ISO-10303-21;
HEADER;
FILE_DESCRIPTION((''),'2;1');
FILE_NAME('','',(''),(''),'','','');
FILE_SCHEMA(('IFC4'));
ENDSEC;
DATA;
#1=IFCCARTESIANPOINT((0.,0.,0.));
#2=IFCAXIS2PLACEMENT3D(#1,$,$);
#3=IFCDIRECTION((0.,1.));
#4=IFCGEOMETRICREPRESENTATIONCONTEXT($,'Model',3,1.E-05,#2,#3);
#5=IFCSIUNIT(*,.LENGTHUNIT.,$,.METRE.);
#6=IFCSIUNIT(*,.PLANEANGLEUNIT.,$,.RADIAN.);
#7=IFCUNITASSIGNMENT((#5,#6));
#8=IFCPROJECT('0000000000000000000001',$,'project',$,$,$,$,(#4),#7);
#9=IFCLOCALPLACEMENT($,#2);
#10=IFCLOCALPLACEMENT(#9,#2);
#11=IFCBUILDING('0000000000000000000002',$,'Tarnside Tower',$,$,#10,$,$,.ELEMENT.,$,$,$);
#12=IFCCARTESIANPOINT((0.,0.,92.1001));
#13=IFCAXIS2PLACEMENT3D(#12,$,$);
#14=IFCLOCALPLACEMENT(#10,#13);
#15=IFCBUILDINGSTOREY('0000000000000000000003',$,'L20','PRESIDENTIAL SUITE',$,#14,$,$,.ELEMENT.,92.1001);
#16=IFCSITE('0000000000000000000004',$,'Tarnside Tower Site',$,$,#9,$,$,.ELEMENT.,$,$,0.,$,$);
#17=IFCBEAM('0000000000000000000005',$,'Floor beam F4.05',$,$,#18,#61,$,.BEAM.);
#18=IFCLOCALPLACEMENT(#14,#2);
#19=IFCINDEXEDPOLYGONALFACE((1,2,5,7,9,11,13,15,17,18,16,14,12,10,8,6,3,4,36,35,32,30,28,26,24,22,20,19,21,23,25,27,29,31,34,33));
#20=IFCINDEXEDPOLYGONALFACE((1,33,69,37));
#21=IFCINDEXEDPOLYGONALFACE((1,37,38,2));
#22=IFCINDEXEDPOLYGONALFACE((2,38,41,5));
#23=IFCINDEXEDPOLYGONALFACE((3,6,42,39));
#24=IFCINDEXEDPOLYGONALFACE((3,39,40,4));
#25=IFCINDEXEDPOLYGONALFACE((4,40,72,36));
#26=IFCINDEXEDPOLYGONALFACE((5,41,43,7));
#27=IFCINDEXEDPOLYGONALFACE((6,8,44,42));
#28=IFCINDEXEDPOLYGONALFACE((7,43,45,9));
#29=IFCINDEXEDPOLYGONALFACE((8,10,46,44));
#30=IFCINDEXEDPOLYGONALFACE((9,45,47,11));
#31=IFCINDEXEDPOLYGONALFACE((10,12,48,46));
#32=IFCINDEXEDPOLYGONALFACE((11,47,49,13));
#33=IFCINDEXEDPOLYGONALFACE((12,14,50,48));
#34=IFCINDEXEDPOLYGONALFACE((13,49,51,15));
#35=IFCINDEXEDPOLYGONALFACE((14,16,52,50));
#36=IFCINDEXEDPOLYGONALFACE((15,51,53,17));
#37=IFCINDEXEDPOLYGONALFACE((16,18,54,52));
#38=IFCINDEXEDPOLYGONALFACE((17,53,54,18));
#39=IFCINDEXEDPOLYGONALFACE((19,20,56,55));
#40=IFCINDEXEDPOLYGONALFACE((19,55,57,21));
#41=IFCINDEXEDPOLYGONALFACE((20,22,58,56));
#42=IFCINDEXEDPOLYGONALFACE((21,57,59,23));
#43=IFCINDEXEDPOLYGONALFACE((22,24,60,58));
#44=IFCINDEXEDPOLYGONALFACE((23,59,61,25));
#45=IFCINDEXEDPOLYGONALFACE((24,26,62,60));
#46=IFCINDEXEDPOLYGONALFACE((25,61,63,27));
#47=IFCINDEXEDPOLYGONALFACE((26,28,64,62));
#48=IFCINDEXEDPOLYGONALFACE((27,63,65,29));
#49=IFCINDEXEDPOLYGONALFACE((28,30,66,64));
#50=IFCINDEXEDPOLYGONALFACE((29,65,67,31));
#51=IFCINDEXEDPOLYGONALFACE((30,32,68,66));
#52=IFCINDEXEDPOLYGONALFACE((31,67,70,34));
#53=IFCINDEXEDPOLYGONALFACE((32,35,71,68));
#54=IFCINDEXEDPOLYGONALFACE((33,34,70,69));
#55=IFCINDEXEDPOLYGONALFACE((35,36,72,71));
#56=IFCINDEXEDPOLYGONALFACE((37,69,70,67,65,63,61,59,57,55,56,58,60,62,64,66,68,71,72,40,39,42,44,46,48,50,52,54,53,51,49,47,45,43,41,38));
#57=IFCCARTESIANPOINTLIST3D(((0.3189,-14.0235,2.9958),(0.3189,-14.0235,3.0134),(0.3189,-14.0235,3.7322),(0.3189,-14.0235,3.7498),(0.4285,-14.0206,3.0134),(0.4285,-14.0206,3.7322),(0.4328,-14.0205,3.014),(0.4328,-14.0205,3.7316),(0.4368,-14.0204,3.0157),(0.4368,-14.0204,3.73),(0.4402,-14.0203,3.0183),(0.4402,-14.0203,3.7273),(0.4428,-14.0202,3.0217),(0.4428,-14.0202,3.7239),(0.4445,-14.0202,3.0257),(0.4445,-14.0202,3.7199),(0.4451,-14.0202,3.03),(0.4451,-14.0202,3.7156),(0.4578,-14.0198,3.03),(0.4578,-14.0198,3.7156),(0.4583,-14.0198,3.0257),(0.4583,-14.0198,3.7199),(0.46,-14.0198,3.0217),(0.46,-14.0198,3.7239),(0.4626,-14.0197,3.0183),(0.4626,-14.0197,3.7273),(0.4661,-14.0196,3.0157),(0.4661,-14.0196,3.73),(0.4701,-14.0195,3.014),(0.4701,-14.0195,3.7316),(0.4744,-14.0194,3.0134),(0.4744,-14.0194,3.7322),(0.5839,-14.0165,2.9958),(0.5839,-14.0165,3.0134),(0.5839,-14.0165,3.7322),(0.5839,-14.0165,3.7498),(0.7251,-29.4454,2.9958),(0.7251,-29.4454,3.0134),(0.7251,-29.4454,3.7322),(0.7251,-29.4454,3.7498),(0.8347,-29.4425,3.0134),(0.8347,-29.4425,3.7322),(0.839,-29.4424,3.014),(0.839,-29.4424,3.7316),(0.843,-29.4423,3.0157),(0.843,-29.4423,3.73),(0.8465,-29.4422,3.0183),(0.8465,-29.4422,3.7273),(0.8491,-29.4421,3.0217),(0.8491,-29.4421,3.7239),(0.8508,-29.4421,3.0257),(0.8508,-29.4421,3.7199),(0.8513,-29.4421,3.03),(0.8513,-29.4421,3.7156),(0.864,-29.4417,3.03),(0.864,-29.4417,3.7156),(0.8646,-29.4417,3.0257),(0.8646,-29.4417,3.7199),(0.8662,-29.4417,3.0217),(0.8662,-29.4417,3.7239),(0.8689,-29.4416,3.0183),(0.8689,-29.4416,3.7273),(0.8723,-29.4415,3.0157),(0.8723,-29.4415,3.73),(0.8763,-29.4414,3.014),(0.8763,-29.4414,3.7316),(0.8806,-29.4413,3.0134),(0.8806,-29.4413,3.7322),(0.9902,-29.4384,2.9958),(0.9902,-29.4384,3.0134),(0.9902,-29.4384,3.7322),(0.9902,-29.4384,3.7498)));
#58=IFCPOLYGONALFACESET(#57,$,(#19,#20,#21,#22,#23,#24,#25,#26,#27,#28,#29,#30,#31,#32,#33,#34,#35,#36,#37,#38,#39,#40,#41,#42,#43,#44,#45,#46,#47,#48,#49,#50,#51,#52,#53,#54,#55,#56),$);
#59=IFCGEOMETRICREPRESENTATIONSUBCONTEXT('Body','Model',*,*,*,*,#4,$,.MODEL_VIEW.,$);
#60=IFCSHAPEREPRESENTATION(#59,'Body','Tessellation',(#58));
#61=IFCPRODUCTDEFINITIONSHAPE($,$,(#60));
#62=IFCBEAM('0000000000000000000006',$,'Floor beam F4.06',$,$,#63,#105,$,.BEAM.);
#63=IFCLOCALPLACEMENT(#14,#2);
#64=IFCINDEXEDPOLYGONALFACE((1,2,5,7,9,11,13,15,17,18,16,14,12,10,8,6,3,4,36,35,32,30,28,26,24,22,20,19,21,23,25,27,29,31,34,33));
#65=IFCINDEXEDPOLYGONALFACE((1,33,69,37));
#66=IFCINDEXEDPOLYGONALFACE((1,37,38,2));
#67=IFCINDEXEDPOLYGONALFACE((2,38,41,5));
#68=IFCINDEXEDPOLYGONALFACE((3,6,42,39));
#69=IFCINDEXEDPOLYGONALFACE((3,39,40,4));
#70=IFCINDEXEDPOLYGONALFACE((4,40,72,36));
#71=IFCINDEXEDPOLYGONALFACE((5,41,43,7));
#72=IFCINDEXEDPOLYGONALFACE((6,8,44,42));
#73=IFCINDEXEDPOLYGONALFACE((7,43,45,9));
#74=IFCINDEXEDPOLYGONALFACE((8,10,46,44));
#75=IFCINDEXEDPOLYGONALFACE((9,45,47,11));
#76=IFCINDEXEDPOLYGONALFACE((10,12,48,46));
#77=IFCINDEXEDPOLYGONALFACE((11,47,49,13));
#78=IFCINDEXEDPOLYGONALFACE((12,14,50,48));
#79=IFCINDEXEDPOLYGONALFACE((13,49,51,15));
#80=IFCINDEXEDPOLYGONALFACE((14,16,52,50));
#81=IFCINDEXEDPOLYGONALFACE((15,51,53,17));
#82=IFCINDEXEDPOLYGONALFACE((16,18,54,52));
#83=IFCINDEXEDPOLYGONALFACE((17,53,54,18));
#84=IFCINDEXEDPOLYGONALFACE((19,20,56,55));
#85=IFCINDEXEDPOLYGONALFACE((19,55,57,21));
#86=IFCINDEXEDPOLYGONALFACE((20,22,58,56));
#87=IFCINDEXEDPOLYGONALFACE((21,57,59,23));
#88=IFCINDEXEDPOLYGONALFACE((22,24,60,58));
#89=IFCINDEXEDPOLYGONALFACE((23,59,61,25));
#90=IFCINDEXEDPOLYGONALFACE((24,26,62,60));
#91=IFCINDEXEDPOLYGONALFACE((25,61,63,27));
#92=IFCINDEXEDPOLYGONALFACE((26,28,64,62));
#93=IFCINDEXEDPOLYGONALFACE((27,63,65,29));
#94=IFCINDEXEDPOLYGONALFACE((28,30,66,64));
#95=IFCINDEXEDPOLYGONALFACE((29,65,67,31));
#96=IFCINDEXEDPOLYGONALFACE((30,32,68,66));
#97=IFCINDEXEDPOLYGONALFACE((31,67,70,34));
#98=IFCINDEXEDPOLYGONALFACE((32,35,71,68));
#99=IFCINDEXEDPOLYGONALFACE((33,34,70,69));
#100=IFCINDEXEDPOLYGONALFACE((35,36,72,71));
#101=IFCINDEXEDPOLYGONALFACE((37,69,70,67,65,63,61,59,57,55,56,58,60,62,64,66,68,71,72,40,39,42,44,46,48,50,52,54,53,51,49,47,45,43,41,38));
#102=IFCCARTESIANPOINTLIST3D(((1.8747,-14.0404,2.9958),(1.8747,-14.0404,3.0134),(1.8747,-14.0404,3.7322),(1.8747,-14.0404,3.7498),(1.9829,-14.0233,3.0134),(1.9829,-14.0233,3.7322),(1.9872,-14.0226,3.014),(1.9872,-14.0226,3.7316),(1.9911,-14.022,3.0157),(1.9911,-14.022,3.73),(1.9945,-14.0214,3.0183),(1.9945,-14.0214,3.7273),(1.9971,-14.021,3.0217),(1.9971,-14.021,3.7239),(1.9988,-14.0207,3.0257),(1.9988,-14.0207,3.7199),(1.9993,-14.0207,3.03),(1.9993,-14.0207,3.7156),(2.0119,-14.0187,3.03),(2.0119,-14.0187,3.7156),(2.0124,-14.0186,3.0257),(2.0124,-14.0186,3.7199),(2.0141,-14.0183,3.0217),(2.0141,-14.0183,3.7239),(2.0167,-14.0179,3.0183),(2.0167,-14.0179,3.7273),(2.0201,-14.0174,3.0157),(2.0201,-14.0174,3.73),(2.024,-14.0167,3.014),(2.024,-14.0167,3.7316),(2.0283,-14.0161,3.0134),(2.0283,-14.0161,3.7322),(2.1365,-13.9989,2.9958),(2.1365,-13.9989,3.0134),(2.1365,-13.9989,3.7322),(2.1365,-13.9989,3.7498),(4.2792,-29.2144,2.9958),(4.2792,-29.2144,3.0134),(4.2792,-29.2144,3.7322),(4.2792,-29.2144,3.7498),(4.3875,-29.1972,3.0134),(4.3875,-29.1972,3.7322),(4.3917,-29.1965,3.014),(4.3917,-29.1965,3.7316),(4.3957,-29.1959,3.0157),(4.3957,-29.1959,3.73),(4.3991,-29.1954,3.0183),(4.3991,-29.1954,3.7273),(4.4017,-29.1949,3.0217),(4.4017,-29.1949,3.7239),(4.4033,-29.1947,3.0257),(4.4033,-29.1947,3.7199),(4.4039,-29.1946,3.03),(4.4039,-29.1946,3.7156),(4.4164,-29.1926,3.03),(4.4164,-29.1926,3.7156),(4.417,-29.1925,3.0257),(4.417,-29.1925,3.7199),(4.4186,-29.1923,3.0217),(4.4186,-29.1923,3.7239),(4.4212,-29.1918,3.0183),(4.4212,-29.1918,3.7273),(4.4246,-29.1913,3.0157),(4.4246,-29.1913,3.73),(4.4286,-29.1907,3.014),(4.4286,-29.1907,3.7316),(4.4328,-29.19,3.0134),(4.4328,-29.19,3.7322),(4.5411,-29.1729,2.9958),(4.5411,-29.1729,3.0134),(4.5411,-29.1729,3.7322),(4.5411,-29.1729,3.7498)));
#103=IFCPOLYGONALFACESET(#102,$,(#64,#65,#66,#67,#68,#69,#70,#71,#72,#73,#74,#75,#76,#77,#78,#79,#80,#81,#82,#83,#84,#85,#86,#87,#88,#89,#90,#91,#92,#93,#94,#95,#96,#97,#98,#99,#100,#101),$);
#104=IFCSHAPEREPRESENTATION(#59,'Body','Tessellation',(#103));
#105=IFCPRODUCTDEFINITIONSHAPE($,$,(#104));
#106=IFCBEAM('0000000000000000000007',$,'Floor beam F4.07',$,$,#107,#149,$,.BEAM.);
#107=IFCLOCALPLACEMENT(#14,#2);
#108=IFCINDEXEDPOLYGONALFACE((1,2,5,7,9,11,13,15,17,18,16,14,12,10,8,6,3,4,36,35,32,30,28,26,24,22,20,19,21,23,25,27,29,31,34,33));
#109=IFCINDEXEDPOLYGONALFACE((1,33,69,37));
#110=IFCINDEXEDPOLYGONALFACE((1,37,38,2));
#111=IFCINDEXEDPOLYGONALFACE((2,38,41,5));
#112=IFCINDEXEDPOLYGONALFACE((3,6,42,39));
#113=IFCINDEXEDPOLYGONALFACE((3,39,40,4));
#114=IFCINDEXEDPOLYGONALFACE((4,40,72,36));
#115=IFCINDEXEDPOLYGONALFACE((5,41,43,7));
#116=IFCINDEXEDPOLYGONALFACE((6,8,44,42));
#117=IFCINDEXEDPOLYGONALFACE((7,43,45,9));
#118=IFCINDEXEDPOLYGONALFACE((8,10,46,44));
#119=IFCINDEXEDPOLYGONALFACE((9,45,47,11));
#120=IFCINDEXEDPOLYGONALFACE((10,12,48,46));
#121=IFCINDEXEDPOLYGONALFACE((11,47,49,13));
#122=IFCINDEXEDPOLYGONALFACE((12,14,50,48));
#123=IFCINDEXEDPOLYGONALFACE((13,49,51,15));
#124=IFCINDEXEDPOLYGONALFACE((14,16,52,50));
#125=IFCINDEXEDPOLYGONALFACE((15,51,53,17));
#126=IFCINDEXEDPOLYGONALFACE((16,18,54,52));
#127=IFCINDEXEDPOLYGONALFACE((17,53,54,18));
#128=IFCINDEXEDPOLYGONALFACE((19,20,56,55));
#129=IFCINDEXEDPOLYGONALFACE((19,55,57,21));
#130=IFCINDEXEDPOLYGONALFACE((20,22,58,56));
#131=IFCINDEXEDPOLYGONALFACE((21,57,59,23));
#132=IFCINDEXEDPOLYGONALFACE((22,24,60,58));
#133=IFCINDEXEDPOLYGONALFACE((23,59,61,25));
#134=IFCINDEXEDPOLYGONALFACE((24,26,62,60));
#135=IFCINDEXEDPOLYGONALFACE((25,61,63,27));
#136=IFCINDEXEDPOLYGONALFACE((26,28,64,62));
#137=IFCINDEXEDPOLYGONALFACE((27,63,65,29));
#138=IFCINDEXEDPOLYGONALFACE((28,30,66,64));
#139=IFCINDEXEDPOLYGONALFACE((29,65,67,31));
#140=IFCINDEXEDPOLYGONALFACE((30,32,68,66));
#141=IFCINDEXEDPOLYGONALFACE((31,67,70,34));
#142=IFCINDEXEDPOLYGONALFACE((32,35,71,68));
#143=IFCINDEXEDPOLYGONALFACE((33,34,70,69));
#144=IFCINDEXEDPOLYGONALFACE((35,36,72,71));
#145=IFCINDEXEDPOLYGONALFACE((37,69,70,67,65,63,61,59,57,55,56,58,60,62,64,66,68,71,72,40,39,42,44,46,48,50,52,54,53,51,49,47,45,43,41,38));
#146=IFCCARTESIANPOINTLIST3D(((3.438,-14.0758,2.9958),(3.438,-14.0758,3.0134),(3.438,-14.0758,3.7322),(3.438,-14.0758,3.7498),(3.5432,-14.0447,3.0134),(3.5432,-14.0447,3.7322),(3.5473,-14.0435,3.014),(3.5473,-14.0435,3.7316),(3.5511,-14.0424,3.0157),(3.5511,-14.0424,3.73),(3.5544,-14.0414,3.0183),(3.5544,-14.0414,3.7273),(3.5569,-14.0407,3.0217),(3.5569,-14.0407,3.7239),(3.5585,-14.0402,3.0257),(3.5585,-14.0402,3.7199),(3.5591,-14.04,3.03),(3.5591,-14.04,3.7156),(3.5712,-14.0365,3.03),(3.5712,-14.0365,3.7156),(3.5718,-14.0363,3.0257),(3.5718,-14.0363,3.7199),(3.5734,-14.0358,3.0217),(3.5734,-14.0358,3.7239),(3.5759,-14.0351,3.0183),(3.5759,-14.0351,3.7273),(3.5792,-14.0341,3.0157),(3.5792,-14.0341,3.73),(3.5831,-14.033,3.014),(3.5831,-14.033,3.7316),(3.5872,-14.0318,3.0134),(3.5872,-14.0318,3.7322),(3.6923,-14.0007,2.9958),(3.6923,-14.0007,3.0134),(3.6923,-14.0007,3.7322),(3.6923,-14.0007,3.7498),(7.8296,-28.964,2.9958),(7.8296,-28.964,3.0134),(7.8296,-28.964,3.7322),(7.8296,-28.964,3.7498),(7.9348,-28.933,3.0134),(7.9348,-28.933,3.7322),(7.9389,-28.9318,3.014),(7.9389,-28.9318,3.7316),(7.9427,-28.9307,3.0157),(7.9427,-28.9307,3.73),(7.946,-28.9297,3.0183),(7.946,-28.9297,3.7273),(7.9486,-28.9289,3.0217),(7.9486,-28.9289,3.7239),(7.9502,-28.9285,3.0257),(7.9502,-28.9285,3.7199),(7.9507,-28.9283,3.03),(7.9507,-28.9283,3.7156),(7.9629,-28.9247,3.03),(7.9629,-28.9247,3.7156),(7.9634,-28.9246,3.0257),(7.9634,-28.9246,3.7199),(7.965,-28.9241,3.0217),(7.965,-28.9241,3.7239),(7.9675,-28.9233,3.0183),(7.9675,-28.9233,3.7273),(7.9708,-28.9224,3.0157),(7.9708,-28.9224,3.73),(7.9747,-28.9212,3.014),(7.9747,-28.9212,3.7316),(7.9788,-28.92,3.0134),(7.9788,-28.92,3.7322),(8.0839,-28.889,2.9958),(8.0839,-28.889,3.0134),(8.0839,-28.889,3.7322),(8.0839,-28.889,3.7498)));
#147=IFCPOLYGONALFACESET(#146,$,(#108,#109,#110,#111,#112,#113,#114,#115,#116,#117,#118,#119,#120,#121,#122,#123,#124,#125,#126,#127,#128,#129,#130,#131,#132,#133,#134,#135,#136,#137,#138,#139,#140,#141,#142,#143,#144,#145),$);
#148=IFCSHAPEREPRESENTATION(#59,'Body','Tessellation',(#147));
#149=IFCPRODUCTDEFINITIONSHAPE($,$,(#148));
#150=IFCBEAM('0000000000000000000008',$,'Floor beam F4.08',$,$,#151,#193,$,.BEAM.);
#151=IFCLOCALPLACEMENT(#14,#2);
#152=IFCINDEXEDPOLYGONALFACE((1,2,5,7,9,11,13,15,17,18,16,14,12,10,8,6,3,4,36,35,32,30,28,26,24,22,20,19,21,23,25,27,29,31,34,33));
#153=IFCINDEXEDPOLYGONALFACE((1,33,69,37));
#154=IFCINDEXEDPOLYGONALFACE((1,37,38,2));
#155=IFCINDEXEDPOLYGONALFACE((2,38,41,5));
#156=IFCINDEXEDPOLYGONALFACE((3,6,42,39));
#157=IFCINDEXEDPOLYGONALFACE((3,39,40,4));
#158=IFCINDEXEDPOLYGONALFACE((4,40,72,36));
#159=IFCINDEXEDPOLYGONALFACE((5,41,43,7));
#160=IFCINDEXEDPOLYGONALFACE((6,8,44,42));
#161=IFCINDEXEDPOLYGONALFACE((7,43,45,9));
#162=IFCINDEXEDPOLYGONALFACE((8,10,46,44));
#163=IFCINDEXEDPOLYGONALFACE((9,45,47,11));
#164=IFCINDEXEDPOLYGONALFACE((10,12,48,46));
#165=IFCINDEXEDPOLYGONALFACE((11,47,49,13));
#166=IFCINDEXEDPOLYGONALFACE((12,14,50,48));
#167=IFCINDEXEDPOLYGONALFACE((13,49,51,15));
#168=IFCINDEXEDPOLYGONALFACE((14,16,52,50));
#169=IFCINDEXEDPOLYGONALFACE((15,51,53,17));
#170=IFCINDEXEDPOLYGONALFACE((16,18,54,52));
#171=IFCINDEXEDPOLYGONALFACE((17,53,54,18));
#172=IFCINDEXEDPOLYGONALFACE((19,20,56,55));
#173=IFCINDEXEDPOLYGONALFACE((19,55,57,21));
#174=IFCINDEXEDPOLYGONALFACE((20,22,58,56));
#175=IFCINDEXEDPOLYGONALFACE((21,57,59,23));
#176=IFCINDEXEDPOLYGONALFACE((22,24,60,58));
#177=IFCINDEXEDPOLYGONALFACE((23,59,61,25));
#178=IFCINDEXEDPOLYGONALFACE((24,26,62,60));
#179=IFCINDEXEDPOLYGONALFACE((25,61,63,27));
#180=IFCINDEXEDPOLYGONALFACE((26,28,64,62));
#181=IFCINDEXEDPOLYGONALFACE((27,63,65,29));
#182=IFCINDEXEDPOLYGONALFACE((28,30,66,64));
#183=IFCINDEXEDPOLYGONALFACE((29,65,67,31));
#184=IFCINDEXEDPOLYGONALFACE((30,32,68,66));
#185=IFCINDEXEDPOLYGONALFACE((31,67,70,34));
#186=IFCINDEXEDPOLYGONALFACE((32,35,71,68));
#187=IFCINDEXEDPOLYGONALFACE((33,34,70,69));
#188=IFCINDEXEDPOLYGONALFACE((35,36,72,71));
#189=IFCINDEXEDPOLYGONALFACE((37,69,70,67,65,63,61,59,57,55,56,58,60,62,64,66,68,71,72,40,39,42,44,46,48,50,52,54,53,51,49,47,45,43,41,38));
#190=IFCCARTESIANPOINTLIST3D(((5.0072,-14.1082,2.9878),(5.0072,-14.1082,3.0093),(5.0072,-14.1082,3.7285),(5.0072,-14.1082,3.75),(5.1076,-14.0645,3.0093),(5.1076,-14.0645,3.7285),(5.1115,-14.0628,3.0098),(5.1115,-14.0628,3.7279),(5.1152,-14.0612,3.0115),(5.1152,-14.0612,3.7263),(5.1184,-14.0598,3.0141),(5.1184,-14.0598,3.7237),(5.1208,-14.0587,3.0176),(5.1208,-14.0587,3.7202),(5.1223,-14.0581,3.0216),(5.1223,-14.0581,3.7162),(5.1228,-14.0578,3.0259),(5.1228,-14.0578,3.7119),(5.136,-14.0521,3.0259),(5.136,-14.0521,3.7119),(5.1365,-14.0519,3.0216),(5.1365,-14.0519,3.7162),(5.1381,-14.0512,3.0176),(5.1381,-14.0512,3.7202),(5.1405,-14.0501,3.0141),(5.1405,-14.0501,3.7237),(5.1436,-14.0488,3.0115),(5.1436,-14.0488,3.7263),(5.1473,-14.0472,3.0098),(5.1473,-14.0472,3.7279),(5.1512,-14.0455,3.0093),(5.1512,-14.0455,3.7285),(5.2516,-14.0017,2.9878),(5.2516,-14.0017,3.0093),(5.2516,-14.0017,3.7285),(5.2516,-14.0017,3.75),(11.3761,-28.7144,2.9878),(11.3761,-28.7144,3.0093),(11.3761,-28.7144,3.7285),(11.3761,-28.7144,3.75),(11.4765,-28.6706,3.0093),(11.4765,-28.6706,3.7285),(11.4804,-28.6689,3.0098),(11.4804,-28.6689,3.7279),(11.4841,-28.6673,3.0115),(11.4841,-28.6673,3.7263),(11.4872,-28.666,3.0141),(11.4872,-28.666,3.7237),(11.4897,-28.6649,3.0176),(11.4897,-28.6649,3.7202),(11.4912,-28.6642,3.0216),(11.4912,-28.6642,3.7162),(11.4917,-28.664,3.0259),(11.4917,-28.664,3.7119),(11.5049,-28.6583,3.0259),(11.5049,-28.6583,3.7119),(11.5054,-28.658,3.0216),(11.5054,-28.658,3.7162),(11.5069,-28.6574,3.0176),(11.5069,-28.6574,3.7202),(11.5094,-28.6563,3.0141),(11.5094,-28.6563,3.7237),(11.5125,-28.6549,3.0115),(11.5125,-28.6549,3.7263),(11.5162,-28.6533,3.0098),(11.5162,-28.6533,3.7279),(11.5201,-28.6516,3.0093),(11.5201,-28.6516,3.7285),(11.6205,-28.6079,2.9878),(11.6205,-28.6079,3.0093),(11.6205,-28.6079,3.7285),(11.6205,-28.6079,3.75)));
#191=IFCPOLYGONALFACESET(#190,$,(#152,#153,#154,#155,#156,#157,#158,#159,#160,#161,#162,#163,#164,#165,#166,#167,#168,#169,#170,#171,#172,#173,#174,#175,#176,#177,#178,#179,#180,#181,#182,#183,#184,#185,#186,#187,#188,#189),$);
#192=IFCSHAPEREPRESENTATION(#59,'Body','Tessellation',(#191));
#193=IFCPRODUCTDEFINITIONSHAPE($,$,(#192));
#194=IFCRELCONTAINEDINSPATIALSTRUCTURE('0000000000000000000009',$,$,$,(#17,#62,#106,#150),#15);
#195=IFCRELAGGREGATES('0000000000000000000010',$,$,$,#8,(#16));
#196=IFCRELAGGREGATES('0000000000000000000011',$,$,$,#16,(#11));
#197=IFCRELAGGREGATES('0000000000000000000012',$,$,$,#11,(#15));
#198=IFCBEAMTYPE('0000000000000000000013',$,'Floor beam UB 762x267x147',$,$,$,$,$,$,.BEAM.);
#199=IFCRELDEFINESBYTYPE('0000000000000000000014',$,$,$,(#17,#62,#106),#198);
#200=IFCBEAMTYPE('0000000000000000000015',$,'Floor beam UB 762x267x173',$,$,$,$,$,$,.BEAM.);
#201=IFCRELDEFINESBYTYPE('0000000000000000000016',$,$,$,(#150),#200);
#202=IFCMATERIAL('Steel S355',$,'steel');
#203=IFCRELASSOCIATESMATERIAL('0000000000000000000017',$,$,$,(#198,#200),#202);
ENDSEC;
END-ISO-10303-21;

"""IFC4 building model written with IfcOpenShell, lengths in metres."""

from ifc_helpers import new_model, si_unit, direction, frame, origin, origin_2d, place, context, subcontext, project, spatial, i_section, extrude, material, material_profile, profile_set, type_object, element, save


model = new_model("IFC4")

# Units and contexts
model_context = context("Model", 3, precision=1e-05, world=origin(), true_north=direction((0.0, 1.0)))
body_context = subcontext(model_context, "Body", "Model", "MODEL_VIEW")
ifc_project = project(units=[si_unit("LENGTHUNIT", "METRE"), si_unit("PLANEANGLEUNIT", "RADIAN")], contexts=[model_context])

# Site, building, storey
site_placement = place(None, origin())
site = spatial("IfcSite", under=ifc_project, at=site_placement, Name="Tarnside Tower Site", CompositionType="ELEMENT", RefElevation=0.0)
building_placement = place(site_placement, origin())
building = spatial("IfcBuilding", under=site, at=building_placement, Name="Tarnside Tower", CompositionType="ELEMENT")
storey_placement = place(building_placement, frame((0.0, 0.0, 92.1001)))
storey = spatial("IfcBuildingStorey", under=building, at=storey_placement, Name="L20", Description="PRESIDENTIAL SUITE", CompositionType="ELEMENT", Elevation=92.1001)

# Beams
ifc_material_1 = material(Name="Steel S355", Category="steel")
ifc_material_profile_1 = material_profile(ifc_material_1, i_section(OverallWidth=0.2651, OverallDepth=0.7539, WebThickness=0.0127, FlangeThickness=0.0176, FilletRadius=0.0166, at=origin_2d()), Name="UB 762x267x147")
ifc_profile_set_1 = profile_set([ifc_material_profile_1], Name="Steel S355")
beam_type_1 = type_object("IfcBeamType", Name="Floor beam UB 762x267x147", PredefinedType="BEAM", material=ifc_profile_set_1)
beam_1_placement = place(storey_placement, frame((0.8577, -29.4419, 3.3728), z_axis=(-0.026333, 0.999653, 0.0), x_axis=(-0.999653, -0.026333, 0.0)))
element("IfcBeam", 1, at=beam_1_placement, inside=storey, type_object=beam_type_1, Name="Floor beam F4.05", PredefinedType="BEAM", context=body_context, shape_type="SweptSolid", body=[
    extrude(i_section(OverallWidth=0.2651, OverallDepth=0.7539, WebThickness=0.0127, FlangeThickness=0.0176, FilletRadius=0.0166, at=origin_2d()), origin(), (0.0, 0.0, 1.0), 15.4272),
])
beam_2_placement = place(storey_placement, frame((4.4102, -29.1936, 3.3728), z_axis=(-0.156513, 0.987676, 0.0), x_axis=(-0.987676, -0.156513, 0.0)))
element("IfcBeam", 2, at=beam_2_placement, inside=storey, type_object=beam_type_1, Name="Floor beam F4.06", PredefinedType="BEAM", context=body_context, shape_type="SweptSolid", body=[
    extrude(i_section(OverallWidth=0.2651, OverallDepth=0.7539, WebThickness=0.0127, FlangeThickness=0.0176, FilletRadius=0.0166, at=origin_2d()), origin(), (0.0, 0.0, 1.0), 15.3633),
])
beam_3_placement = place(storey_placement, frame((7.9568, -28.9265, 3.3728), z_axis=(-0.282921, 0.959143, 0.0), x_axis=(-0.959143, -0.282921, 0.0)))
element("IfcBeam", 3, at=beam_3_placement, inside=storey, type_object=beam_type_1, Name="Floor beam F4.07", PredefinedType="BEAM", context=body_context, shape_type="SweptSolid", body=[
    extrude(i_section(OverallWidth=0.2651, OverallDepth=0.7539, WebThickness=0.0127, FlangeThickness=0.0176, FilletRadius=0.0166, at=origin_2d()), origin(), (0.0, 0.0, 1.0), 15.5225),
])
ifc_material_profile_2 = material_profile(ifc_material_1, i_section(OverallWidth=0.2666, OverallDepth=0.7622, WebThickness=0.0144, FlangeThickness=0.0215, FilletRadius=0.0166, at=origin_2d()), Name="UB 762x267x173")
ifc_profile_set_2 = profile_set([ifc_material_profile_2], Name="Steel S355")
beam_type_2 = type_object("IfcBeamType", Name="Floor beam UB 762x267x173", PredefinedType="BEAM", material=ifc_profile_set_2)
beam_4_placement = place(storey_placement, frame((11.4983, -28.6611, 3.3689), z_axis=(-0.399696, 0.916648, 0.0), x_axis=(-0.916648, -0.399696, 0.0)))
element("IfcBeam", 4, at=beam_4_placement, inside=storey, type_object=beam_type_2, Name="Floor beam F4.08", PredefinedType="BEAM", context=body_context, shape_type="SweptSolid", body=[
    extrude(i_section(OverallWidth=0.2666, OverallDepth=0.7622, WebThickness=0.0144, FlangeThickness=0.0215, FilletRadius=0.0166, at=origin_2d()), origin(), (0.0, 0.0, 1.0), 15.9343),
])

save(model, "model.ifc")
